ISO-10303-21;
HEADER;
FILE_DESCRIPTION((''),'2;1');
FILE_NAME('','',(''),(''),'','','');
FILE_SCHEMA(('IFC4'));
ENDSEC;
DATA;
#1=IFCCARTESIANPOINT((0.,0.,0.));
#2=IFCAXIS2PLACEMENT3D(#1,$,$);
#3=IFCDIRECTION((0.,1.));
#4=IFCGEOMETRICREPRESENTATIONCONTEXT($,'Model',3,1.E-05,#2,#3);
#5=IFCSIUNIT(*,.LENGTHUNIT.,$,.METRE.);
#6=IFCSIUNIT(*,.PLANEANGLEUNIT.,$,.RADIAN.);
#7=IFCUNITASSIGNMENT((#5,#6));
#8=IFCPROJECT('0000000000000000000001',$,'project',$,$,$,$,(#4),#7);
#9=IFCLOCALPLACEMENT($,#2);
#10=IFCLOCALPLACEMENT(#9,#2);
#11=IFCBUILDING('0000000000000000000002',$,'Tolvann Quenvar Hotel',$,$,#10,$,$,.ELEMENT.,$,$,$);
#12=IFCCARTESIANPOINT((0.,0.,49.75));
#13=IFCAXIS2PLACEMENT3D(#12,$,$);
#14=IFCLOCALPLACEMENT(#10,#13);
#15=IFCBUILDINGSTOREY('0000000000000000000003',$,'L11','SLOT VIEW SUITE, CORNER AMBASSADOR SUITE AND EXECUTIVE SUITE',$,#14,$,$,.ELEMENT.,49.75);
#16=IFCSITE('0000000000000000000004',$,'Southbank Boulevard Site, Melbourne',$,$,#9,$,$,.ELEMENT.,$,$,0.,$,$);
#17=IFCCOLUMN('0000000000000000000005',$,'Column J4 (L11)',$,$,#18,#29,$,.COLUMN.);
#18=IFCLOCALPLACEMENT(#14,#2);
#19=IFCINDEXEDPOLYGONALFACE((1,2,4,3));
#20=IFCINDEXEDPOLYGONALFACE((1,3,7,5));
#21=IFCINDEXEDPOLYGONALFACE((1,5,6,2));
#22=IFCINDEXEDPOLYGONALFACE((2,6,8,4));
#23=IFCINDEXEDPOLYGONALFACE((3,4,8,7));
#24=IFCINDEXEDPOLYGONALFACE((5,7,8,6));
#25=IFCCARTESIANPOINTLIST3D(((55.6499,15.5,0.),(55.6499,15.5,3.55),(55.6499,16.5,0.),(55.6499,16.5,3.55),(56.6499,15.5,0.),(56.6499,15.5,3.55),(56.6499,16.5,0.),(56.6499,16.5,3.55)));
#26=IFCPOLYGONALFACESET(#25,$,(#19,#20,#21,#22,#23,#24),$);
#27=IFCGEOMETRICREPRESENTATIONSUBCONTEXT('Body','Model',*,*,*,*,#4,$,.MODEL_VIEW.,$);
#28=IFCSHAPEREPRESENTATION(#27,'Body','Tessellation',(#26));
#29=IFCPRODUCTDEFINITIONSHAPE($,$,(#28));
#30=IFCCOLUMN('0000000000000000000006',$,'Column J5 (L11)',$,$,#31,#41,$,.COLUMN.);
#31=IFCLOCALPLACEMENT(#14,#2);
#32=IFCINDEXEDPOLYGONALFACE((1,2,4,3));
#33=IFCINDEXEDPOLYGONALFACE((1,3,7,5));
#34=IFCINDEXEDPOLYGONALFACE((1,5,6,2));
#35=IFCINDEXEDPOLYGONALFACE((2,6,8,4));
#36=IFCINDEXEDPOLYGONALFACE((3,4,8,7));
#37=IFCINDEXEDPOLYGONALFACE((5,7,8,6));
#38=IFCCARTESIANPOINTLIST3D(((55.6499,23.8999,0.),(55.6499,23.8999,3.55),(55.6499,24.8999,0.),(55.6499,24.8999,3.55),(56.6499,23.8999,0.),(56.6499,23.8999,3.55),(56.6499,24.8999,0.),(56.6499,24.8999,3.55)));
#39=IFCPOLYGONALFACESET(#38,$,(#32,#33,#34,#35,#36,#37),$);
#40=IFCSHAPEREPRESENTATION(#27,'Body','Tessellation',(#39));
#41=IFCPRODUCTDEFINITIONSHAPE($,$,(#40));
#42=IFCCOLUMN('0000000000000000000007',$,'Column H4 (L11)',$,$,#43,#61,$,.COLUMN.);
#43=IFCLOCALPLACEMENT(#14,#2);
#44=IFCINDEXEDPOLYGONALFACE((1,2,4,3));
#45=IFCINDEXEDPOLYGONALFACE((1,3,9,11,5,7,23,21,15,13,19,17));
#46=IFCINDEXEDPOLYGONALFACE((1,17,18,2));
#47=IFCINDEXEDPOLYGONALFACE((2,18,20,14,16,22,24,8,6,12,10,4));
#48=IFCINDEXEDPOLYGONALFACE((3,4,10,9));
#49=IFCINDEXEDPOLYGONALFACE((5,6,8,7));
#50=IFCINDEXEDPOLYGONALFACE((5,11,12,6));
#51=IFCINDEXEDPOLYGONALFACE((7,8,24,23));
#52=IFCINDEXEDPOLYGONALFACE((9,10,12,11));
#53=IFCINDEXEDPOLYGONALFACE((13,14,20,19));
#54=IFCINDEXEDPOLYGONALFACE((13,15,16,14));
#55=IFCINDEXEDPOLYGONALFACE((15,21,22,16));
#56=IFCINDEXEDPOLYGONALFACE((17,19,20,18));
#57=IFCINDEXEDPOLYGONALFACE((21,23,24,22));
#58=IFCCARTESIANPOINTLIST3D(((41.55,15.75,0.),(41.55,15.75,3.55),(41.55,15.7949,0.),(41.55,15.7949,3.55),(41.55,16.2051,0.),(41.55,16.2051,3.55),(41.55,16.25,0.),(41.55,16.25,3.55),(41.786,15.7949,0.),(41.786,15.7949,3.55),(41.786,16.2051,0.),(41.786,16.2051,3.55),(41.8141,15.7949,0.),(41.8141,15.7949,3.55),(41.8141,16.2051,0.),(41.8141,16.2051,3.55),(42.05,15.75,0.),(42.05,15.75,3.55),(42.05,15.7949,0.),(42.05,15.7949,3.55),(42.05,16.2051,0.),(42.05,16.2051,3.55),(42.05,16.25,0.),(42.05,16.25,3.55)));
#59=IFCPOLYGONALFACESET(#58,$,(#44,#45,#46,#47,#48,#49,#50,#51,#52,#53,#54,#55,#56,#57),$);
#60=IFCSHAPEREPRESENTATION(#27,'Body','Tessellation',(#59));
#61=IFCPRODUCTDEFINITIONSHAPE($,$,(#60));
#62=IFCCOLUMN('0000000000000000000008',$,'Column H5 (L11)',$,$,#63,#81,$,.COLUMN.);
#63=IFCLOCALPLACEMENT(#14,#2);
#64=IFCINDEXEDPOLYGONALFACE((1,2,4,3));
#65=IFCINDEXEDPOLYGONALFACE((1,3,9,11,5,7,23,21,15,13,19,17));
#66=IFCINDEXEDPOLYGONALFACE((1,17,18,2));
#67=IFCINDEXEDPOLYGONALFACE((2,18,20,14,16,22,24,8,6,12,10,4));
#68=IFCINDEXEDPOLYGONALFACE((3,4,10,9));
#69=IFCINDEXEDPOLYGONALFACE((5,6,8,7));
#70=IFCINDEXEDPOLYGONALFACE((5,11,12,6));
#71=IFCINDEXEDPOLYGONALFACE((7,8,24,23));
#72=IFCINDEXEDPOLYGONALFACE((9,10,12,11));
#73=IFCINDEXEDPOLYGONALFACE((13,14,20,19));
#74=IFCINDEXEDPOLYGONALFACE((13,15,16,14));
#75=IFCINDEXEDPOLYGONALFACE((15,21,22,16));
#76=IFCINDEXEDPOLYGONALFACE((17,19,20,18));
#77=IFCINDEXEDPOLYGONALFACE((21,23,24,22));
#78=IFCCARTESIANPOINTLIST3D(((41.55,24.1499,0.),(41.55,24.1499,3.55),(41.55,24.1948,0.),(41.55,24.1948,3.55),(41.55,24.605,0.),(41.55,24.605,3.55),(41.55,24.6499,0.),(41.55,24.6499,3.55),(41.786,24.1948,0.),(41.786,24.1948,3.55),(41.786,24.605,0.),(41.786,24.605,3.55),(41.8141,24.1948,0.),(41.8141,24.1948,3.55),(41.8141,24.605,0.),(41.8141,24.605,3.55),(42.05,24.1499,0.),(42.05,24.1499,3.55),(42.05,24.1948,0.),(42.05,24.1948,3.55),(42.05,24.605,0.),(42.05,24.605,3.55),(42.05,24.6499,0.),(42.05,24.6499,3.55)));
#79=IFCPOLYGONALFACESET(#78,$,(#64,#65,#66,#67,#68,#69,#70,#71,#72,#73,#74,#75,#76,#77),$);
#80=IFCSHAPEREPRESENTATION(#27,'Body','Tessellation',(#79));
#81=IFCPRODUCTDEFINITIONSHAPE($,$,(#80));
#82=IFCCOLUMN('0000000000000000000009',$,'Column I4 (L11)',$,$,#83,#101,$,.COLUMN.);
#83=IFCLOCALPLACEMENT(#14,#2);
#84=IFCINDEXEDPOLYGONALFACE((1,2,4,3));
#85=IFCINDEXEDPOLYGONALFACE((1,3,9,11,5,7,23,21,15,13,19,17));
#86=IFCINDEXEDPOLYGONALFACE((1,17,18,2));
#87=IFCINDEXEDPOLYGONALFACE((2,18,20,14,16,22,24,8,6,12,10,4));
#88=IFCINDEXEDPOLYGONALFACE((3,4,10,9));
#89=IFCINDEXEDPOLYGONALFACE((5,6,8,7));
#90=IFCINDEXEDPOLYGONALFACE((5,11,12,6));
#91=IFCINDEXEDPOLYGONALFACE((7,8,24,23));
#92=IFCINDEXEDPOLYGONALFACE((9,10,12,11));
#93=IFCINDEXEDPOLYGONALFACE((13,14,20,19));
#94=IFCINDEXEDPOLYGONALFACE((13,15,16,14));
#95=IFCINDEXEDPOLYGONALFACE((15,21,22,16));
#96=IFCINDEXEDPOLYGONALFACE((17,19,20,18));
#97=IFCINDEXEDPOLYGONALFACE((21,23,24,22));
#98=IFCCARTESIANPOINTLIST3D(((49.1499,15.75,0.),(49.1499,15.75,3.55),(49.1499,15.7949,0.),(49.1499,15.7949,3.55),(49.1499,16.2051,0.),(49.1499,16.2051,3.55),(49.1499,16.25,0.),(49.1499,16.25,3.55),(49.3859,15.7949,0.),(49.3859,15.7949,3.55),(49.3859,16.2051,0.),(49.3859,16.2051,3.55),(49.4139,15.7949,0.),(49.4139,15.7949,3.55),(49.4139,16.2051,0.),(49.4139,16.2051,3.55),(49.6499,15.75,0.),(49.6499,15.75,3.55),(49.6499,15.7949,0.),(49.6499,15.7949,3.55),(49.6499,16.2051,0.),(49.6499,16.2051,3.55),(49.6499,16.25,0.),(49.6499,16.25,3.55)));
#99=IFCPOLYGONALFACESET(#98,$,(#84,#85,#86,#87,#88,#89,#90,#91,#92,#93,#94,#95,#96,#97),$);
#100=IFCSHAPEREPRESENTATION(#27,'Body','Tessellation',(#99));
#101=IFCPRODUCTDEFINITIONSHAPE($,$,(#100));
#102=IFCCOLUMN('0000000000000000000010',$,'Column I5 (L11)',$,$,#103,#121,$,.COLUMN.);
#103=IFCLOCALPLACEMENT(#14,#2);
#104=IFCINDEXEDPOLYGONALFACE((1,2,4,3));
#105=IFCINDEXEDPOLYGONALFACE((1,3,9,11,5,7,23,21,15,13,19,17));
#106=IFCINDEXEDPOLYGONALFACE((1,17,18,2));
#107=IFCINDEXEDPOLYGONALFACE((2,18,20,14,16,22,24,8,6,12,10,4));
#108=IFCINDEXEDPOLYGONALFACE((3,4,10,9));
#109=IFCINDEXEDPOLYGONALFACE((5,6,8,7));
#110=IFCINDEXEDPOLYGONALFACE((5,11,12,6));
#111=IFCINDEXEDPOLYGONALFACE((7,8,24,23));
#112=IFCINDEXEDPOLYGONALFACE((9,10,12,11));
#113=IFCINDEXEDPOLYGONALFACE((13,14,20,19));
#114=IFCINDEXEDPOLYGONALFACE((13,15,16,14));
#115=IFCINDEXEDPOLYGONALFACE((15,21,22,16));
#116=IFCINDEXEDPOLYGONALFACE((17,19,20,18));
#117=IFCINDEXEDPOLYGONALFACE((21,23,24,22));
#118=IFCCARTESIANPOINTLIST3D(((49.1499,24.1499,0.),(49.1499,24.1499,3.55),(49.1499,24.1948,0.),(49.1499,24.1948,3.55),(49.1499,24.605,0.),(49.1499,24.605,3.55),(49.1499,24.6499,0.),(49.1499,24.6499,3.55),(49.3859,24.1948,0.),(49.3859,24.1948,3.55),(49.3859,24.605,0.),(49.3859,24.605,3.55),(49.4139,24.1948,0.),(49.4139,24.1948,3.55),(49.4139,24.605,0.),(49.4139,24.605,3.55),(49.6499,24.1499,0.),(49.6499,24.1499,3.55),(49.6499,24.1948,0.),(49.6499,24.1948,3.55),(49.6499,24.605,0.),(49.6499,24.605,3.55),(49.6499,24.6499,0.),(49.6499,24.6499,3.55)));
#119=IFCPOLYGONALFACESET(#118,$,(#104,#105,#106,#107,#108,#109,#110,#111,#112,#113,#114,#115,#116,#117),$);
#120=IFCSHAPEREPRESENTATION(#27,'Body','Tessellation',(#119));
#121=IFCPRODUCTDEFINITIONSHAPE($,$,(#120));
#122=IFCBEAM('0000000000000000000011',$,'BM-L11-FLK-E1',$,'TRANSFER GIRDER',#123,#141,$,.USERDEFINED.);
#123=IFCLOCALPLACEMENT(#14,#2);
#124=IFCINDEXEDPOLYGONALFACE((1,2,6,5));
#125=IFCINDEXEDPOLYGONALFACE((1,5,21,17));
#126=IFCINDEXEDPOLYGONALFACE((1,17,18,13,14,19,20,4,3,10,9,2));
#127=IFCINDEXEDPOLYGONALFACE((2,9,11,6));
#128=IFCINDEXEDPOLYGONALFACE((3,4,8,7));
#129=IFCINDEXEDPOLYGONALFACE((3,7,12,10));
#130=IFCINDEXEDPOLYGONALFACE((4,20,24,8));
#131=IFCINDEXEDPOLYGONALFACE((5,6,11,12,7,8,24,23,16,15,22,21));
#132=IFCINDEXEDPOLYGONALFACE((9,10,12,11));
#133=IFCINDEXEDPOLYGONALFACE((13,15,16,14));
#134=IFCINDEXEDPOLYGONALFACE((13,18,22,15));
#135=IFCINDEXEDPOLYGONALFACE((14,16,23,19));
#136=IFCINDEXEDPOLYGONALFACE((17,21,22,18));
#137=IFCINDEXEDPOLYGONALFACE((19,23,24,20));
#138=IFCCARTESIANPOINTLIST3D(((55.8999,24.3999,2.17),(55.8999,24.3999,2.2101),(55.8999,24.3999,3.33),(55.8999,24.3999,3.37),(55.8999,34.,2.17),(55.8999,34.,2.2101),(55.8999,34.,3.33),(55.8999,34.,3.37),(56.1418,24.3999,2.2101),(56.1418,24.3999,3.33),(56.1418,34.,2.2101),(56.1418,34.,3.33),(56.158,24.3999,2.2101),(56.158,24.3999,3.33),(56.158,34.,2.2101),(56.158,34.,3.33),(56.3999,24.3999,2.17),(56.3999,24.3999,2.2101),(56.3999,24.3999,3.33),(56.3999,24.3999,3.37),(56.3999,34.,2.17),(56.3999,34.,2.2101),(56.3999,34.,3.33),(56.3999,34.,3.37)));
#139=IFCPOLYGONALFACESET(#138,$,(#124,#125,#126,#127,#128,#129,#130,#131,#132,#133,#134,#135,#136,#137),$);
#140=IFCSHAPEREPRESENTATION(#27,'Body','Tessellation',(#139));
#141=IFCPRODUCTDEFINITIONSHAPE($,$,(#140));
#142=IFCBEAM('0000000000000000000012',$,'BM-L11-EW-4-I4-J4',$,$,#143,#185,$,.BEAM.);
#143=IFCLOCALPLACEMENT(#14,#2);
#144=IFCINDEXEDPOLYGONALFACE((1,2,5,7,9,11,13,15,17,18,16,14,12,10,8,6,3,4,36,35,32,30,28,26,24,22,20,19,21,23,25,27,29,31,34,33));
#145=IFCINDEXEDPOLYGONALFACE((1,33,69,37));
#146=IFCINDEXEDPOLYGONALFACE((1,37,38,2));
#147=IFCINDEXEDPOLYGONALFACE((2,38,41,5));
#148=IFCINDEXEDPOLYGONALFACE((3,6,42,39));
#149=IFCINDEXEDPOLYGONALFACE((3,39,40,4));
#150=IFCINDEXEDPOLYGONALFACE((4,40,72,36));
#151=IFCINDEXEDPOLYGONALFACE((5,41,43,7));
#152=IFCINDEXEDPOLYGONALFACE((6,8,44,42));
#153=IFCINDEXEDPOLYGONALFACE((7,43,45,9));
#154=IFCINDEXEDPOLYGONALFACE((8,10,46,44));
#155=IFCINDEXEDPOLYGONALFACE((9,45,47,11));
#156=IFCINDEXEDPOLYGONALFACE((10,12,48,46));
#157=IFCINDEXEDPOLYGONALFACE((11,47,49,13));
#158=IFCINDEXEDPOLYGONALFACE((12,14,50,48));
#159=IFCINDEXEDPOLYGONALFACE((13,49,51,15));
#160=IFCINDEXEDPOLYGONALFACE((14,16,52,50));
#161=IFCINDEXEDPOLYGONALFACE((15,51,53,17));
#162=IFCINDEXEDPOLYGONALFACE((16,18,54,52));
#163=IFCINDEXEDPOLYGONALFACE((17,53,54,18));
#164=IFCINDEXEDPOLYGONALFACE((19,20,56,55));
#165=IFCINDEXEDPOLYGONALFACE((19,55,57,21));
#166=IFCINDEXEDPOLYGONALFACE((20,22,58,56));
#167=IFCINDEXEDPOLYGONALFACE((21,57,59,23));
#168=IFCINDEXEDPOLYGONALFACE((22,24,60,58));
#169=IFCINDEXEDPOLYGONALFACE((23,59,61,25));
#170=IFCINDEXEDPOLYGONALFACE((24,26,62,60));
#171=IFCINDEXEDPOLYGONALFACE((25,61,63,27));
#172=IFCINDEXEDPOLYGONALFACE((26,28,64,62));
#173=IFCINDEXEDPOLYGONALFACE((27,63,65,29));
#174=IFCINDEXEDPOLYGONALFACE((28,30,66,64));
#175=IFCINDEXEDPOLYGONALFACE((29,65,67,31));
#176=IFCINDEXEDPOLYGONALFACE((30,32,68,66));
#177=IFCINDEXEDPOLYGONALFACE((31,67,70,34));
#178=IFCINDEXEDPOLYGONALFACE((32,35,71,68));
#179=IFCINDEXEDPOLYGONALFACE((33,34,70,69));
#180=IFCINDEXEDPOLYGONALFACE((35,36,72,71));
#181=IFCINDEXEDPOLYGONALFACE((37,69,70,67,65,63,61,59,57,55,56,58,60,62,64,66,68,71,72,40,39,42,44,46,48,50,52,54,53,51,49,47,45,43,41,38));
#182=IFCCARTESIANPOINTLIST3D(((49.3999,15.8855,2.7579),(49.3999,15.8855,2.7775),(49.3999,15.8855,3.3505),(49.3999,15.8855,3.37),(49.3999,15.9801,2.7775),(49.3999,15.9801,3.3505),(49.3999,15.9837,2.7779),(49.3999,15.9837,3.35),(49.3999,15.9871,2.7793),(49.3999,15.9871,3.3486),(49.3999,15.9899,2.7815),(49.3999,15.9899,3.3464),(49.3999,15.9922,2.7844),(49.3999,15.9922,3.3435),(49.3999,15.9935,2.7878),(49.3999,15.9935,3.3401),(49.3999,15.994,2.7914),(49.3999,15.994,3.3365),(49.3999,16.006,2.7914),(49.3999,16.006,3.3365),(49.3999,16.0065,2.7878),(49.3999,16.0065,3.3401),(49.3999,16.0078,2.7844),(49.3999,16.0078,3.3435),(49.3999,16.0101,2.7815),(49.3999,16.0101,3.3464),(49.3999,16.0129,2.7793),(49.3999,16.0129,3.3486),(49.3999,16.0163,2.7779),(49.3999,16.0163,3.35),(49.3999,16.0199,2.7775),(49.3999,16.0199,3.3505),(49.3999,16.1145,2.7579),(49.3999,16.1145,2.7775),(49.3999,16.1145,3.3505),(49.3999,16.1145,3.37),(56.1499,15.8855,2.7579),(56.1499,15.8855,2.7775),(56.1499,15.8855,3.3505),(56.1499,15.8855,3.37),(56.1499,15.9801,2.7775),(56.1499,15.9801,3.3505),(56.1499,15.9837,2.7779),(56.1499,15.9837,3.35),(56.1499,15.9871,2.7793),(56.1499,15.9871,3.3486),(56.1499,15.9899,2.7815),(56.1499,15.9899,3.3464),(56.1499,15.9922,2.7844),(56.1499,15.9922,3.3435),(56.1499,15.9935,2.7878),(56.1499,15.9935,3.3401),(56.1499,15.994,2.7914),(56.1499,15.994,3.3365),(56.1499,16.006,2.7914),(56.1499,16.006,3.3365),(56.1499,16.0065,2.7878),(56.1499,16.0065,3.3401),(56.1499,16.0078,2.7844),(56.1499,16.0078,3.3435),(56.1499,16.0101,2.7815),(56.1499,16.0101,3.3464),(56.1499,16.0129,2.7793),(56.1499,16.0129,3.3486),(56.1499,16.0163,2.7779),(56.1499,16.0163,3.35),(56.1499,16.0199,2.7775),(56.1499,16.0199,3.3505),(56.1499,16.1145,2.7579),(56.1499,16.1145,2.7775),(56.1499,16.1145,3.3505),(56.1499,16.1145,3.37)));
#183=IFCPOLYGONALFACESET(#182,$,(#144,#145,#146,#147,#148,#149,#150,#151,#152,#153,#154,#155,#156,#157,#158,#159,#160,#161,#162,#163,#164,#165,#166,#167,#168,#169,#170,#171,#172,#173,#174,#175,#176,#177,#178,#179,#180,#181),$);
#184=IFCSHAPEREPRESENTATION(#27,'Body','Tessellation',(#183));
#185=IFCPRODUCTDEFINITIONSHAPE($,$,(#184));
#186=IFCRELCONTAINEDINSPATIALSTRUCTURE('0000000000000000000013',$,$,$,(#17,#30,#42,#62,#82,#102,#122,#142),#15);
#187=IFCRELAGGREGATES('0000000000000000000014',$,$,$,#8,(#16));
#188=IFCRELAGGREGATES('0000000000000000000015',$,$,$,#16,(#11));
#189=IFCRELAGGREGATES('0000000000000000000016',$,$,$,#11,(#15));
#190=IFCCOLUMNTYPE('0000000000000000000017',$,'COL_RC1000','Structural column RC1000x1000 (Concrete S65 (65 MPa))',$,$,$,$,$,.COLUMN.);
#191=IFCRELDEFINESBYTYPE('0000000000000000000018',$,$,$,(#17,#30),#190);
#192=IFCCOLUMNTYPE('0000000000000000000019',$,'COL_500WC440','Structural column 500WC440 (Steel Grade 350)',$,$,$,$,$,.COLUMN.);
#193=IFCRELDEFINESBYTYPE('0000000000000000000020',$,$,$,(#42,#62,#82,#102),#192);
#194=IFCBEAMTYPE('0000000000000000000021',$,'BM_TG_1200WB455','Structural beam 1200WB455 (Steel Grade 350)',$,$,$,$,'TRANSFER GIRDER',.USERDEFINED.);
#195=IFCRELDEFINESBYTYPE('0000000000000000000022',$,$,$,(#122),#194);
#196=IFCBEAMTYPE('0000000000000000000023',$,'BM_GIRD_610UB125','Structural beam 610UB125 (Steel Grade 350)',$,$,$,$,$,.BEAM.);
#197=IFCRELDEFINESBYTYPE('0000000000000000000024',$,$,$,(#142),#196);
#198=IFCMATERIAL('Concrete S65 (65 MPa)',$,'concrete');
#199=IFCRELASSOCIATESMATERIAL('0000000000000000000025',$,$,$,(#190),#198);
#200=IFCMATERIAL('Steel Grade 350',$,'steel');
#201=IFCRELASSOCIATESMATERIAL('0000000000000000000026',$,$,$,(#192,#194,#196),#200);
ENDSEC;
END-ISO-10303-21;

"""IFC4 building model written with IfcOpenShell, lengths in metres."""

from ifc_helpers import new_model, si_unit, direction, frame, origin, origin_2d, place, context, subcontext, project, spatial, rectangle, i_section, extrude, source, transform, mapped, material, material_profile, profile_set, type_object, type_shapes, element, save


model = new_model("IFC4")

# Units and contexts
model_context = context("Model", 3, precision=1e-05, world=origin(), true_north=direction((0.0, 1.0)))
body_context = subcontext(model_context, "Body", "Model", "MODEL_VIEW")
ifc_project = project(units=[si_unit("LENGTHUNIT", "METRE"), si_unit("PLANEANGLEUNIT", "RADIAN")], contexts=[model_context])

# Site, building, storey
site_placement = place(None, origin())
site = spatial("IfcSite", under=ifc_project, at=site_placement, Name="Southbank Boulevard Site, Melbourne", CompositionType="ELEMENT", RefElevation=0.0)
building_placement = place(site_placement, origin())
building = spatial("IfcBuilding", under=site, at=building_placement, Name="Tolvann Quenvar Hotel", CompositionType="ELEMENT")
storey_placement = place(building_placement, frame((0.0, 0.0, 49.75)))
storey = spatial("IfcBuildingStorey", under=building, at=storey_placement, Name="L11", Description="SLOT VIEW SUITE, CORNER AMBASSADOR SUITE AND EXECUTIVE SUITE", CompositionType="ELEMENT", Elevation=49.75)

# Columns
ifc_material_1 = material(Name="Concrete S65 (65 MPa)", Category="concrete")
ifc_material_profile_1 = material_profile(ifc_material_1, rectangle(XDim=1.0, YDim=1.0, at=origin_2d()), Name="RC1000x1000")
ifc_profile_set_1 = profile_set([ifc_material_profile_1], Name="Concrete S65 (65 MPa)")
column_type_1 = type_object("IfcColumnType", Name="COL_RC1000", Description="Structural column RC1000x1000 (Concrete S65 (65 MPa))", PredefinedType="COLUMN", material=ifc_profile_set_1)
shared_shape_1 = source(origin(), body_context, "Body", "SweptSolid", [
    extrude(rectangle(XDim=1.0, YDim=1.0, at=origin_2d()), origin(), (0.0, 0.0, 1.0), 3.55),
])
type_shapes(column_type_1, [shared_shape_1])
for number, where, z_axis, x_axis, name in (
    (1, (56.1499, 16.0, 0.0), (0.0, 0.0, 1.0), (1.0, 0.0, 0.0), "Column J4 (L11)"),
    (2, (56.1499, 24.3999, 0.0), (0.0, 0.0, 1.0), (1.0, 0.0, 0.0), "Column J5 (L11)"),
):
    element("IfcColumn", number, at=place(storey_placement, frame(where, z_axis=z_axis, x_axis=x_axis)), inside=storey, type_object=column_type_1, Name=name, PredefinedType="COLUMN", context=body_context, shape_type="MappedRepresentation", body=[
        mapped(shared_shape_1, transform((0.0, 0.0, 0.0), x_axis=(1.0, 0.0, 0.0), y_axis=(0.0, 1.0, 0.0), z_axis=(0.0, 0.0, 1.0), scale=1.0)),
    ])
ifc_material_2 = material(Name="Steel Grade 350", Category="steel")
ifc_material_profile_2 = material_profile(ifc_material_2, i_section(OverallWidth=0.5, OverallDepth=0.5, WebThickness=0.0281, FlangeThickness=0.0449, at=origin_2d()), Name="500WC440")
ifc_profile_set_2 = profile_set([ifc_material_profile_2], Name="Steel Grade 350")
column_type_2 = type_object("IfcColumnType", Name="COL_500WC440", Description="Structural column 500WC440 (Steel Grade 350)", PredefinedType="COLUMN", material=ifc_profile_set_2)
shared_shape_2 = source(origin(), body_context, "Body", "SweptSolid", [
    extrude(i_section(OverallWidth=0.5, OverallDepth=0.5, WebThickness=0.0281, FlangeThickness=0.0449, at=origin_2d()), origin(), (0.0, 0.0, 1.0), 3.55),
])
type_shapes(column_type_2, [shared_shape_2])
for number, where, z_axis, x_axis, name in (
    (3, (41.8, 16.0, 0.0), (0.0, 0.0, 1.0), (1.0, 0.0, 0.0), "Column H4 (L11)"),
    (4, (41.8, 24.3999, 0.0), (0.0, 0.0, 1.0), (1.0, 0.0, 0.0), "Column H5 (L11)"),
    (5, (49.3999, 16.0, 0.0), (0.0, 0.0, 1.0), (1.0, 0.0, 0.0), "Column I4 (L11)"),
    (6, (49.3999, 24.3999, 0.0), (0.0, 0.0, 1.0), (1.0, 0.0, 0.0), "Column I5 (L11)"),
):
    element("IfcColumn", number, at=place(storey_placement, frame(where, z_axis=z_axis, x_axis=x_axis)), inside=storey, type_object=column_type_2, Name=name, PredefinedType="COLUMN", context=body_context, shape_type="MappedRepresentation", body=[
        mapped(shared_shape_2, transform((0.0, 0.0, 0.0), x_axis=(1.0, 0.0, 0.0), y_axis=(0.0, 1.0, 0.0), z_axis=(0.0, 0.0, 1.0), scale=1.0)),
    ])

# Beams
ifc_material_profile_3 = material_profile(ifc_material_2, i_section(OverallWidth=0.5, OverallDepth=1.2, WebThickness=0.0161, FlangeThickness=0.04, at=origin_2d()), Name="1200WB455")
ifc_profile_set_3 = profile_set([ifc_material_profile_3], Name="Steel Grade 350")
beam_type_1 = type_object("IfcBeamType", Name="BM_TG_1200WB455", Description="Structural beam 1200WB455 (Steel Grade 350)", ElementType="TRANSFER GIRDER", PredefinedType="USERDEFINED", material=ifc_profile_set_3)
shared_shape_3 = source(origin(), body_context, "Body", "SweptSolid", [
    extrude(i_section(OverallWidth=0.5, OverallDepth=1.2, WebThickness=0.0161, FlangeThickness=0.04, at=origin_2d()), origin(), (0.0, 0.0, 1.0), 9.6001),
])
beam_1_placement = place(storey_placement, frame((56.1499, 24.3999, 2.77), z_axis=(0.0, 1.0, 0.0), x_axis=(-1.0, 0.0, 0.0)))
element("IfcBeam", 7, at=beam_1_placement, inside=storey, type_object=beam_type_1, Name="BM-L11-FLK-E1", ObjectType="TRANSFER GIRDER", PredefinedType="USERDEFINED", context=body_context, shape_type="MappedRepresentation", body=[
    mapped(shared_shape_3, transform((0.0, 0.0, 0.0), x_axis=(1.0, 0.0, 0.0), y_axis=(0.0, 1.0, 0.0), z_axis=(0.0, 0.0, 1.0), scale=1.0)),
])
ifc_material_profile_4 = material_profile(ifc_material_2, i_section(OverallWidth=0.229, OverallDepth=0.6121, WebThickness=0.012, FlangeThickness=0.0195, FilletRadius=0.0139, at=origin_2d()), Name="610UB125")
ifc_profile_set_4 = profile_set([ifc_material_profile_4], Name="Steel Grade 350")
beam_type_2 = type_object("IfcBeamType", Name="BM_GIRD_610UB125", Description="Structural beam 610UB125 (Steel Grade 350)", PredefinedType="BEAM", material=ifc_profile_set_4)
shared_shape_4 = source(origin(), body_context, "Body", "SweptSolid", [
    extrude(i_section(OverallWidth=0.229, OverallDepth=0.6121, WebThickness=0.012, FlangeThickness=0.0195, FilletRadius=0.0139, at=origin_2d()), origin(), (0.0, 0.0, 1.0), 6.75),
])
for number, where, z_axis, x_axis, name in (
    (8, (49.3999, 16.0, 3.064), (1.0, 0.0, 0.0), (0.0, 1.0, 0.0), "BM-L11-EW-4-I4-J4"),
):
    element("IfcBeam", number, at=place(storey_placement, frame(where, z_axis=z_axis, x_axis=x_axis)), inside=storey, type_object=beam_type_2, Name=name, PredefinedType="BEAM", context=body_context, shape_type="MappedRepresentation", body=[
        mapped(shared_shape_4, transform((0.0, 0.0, 0.0), x_axis=(1.0, 0.0, 0.0), y_axis=(0.0, 1.0, 0.0), z_axis=(0.0, 0.0, 1.0), scale=1.0)),
    ])

save(model, "model.ifc")
